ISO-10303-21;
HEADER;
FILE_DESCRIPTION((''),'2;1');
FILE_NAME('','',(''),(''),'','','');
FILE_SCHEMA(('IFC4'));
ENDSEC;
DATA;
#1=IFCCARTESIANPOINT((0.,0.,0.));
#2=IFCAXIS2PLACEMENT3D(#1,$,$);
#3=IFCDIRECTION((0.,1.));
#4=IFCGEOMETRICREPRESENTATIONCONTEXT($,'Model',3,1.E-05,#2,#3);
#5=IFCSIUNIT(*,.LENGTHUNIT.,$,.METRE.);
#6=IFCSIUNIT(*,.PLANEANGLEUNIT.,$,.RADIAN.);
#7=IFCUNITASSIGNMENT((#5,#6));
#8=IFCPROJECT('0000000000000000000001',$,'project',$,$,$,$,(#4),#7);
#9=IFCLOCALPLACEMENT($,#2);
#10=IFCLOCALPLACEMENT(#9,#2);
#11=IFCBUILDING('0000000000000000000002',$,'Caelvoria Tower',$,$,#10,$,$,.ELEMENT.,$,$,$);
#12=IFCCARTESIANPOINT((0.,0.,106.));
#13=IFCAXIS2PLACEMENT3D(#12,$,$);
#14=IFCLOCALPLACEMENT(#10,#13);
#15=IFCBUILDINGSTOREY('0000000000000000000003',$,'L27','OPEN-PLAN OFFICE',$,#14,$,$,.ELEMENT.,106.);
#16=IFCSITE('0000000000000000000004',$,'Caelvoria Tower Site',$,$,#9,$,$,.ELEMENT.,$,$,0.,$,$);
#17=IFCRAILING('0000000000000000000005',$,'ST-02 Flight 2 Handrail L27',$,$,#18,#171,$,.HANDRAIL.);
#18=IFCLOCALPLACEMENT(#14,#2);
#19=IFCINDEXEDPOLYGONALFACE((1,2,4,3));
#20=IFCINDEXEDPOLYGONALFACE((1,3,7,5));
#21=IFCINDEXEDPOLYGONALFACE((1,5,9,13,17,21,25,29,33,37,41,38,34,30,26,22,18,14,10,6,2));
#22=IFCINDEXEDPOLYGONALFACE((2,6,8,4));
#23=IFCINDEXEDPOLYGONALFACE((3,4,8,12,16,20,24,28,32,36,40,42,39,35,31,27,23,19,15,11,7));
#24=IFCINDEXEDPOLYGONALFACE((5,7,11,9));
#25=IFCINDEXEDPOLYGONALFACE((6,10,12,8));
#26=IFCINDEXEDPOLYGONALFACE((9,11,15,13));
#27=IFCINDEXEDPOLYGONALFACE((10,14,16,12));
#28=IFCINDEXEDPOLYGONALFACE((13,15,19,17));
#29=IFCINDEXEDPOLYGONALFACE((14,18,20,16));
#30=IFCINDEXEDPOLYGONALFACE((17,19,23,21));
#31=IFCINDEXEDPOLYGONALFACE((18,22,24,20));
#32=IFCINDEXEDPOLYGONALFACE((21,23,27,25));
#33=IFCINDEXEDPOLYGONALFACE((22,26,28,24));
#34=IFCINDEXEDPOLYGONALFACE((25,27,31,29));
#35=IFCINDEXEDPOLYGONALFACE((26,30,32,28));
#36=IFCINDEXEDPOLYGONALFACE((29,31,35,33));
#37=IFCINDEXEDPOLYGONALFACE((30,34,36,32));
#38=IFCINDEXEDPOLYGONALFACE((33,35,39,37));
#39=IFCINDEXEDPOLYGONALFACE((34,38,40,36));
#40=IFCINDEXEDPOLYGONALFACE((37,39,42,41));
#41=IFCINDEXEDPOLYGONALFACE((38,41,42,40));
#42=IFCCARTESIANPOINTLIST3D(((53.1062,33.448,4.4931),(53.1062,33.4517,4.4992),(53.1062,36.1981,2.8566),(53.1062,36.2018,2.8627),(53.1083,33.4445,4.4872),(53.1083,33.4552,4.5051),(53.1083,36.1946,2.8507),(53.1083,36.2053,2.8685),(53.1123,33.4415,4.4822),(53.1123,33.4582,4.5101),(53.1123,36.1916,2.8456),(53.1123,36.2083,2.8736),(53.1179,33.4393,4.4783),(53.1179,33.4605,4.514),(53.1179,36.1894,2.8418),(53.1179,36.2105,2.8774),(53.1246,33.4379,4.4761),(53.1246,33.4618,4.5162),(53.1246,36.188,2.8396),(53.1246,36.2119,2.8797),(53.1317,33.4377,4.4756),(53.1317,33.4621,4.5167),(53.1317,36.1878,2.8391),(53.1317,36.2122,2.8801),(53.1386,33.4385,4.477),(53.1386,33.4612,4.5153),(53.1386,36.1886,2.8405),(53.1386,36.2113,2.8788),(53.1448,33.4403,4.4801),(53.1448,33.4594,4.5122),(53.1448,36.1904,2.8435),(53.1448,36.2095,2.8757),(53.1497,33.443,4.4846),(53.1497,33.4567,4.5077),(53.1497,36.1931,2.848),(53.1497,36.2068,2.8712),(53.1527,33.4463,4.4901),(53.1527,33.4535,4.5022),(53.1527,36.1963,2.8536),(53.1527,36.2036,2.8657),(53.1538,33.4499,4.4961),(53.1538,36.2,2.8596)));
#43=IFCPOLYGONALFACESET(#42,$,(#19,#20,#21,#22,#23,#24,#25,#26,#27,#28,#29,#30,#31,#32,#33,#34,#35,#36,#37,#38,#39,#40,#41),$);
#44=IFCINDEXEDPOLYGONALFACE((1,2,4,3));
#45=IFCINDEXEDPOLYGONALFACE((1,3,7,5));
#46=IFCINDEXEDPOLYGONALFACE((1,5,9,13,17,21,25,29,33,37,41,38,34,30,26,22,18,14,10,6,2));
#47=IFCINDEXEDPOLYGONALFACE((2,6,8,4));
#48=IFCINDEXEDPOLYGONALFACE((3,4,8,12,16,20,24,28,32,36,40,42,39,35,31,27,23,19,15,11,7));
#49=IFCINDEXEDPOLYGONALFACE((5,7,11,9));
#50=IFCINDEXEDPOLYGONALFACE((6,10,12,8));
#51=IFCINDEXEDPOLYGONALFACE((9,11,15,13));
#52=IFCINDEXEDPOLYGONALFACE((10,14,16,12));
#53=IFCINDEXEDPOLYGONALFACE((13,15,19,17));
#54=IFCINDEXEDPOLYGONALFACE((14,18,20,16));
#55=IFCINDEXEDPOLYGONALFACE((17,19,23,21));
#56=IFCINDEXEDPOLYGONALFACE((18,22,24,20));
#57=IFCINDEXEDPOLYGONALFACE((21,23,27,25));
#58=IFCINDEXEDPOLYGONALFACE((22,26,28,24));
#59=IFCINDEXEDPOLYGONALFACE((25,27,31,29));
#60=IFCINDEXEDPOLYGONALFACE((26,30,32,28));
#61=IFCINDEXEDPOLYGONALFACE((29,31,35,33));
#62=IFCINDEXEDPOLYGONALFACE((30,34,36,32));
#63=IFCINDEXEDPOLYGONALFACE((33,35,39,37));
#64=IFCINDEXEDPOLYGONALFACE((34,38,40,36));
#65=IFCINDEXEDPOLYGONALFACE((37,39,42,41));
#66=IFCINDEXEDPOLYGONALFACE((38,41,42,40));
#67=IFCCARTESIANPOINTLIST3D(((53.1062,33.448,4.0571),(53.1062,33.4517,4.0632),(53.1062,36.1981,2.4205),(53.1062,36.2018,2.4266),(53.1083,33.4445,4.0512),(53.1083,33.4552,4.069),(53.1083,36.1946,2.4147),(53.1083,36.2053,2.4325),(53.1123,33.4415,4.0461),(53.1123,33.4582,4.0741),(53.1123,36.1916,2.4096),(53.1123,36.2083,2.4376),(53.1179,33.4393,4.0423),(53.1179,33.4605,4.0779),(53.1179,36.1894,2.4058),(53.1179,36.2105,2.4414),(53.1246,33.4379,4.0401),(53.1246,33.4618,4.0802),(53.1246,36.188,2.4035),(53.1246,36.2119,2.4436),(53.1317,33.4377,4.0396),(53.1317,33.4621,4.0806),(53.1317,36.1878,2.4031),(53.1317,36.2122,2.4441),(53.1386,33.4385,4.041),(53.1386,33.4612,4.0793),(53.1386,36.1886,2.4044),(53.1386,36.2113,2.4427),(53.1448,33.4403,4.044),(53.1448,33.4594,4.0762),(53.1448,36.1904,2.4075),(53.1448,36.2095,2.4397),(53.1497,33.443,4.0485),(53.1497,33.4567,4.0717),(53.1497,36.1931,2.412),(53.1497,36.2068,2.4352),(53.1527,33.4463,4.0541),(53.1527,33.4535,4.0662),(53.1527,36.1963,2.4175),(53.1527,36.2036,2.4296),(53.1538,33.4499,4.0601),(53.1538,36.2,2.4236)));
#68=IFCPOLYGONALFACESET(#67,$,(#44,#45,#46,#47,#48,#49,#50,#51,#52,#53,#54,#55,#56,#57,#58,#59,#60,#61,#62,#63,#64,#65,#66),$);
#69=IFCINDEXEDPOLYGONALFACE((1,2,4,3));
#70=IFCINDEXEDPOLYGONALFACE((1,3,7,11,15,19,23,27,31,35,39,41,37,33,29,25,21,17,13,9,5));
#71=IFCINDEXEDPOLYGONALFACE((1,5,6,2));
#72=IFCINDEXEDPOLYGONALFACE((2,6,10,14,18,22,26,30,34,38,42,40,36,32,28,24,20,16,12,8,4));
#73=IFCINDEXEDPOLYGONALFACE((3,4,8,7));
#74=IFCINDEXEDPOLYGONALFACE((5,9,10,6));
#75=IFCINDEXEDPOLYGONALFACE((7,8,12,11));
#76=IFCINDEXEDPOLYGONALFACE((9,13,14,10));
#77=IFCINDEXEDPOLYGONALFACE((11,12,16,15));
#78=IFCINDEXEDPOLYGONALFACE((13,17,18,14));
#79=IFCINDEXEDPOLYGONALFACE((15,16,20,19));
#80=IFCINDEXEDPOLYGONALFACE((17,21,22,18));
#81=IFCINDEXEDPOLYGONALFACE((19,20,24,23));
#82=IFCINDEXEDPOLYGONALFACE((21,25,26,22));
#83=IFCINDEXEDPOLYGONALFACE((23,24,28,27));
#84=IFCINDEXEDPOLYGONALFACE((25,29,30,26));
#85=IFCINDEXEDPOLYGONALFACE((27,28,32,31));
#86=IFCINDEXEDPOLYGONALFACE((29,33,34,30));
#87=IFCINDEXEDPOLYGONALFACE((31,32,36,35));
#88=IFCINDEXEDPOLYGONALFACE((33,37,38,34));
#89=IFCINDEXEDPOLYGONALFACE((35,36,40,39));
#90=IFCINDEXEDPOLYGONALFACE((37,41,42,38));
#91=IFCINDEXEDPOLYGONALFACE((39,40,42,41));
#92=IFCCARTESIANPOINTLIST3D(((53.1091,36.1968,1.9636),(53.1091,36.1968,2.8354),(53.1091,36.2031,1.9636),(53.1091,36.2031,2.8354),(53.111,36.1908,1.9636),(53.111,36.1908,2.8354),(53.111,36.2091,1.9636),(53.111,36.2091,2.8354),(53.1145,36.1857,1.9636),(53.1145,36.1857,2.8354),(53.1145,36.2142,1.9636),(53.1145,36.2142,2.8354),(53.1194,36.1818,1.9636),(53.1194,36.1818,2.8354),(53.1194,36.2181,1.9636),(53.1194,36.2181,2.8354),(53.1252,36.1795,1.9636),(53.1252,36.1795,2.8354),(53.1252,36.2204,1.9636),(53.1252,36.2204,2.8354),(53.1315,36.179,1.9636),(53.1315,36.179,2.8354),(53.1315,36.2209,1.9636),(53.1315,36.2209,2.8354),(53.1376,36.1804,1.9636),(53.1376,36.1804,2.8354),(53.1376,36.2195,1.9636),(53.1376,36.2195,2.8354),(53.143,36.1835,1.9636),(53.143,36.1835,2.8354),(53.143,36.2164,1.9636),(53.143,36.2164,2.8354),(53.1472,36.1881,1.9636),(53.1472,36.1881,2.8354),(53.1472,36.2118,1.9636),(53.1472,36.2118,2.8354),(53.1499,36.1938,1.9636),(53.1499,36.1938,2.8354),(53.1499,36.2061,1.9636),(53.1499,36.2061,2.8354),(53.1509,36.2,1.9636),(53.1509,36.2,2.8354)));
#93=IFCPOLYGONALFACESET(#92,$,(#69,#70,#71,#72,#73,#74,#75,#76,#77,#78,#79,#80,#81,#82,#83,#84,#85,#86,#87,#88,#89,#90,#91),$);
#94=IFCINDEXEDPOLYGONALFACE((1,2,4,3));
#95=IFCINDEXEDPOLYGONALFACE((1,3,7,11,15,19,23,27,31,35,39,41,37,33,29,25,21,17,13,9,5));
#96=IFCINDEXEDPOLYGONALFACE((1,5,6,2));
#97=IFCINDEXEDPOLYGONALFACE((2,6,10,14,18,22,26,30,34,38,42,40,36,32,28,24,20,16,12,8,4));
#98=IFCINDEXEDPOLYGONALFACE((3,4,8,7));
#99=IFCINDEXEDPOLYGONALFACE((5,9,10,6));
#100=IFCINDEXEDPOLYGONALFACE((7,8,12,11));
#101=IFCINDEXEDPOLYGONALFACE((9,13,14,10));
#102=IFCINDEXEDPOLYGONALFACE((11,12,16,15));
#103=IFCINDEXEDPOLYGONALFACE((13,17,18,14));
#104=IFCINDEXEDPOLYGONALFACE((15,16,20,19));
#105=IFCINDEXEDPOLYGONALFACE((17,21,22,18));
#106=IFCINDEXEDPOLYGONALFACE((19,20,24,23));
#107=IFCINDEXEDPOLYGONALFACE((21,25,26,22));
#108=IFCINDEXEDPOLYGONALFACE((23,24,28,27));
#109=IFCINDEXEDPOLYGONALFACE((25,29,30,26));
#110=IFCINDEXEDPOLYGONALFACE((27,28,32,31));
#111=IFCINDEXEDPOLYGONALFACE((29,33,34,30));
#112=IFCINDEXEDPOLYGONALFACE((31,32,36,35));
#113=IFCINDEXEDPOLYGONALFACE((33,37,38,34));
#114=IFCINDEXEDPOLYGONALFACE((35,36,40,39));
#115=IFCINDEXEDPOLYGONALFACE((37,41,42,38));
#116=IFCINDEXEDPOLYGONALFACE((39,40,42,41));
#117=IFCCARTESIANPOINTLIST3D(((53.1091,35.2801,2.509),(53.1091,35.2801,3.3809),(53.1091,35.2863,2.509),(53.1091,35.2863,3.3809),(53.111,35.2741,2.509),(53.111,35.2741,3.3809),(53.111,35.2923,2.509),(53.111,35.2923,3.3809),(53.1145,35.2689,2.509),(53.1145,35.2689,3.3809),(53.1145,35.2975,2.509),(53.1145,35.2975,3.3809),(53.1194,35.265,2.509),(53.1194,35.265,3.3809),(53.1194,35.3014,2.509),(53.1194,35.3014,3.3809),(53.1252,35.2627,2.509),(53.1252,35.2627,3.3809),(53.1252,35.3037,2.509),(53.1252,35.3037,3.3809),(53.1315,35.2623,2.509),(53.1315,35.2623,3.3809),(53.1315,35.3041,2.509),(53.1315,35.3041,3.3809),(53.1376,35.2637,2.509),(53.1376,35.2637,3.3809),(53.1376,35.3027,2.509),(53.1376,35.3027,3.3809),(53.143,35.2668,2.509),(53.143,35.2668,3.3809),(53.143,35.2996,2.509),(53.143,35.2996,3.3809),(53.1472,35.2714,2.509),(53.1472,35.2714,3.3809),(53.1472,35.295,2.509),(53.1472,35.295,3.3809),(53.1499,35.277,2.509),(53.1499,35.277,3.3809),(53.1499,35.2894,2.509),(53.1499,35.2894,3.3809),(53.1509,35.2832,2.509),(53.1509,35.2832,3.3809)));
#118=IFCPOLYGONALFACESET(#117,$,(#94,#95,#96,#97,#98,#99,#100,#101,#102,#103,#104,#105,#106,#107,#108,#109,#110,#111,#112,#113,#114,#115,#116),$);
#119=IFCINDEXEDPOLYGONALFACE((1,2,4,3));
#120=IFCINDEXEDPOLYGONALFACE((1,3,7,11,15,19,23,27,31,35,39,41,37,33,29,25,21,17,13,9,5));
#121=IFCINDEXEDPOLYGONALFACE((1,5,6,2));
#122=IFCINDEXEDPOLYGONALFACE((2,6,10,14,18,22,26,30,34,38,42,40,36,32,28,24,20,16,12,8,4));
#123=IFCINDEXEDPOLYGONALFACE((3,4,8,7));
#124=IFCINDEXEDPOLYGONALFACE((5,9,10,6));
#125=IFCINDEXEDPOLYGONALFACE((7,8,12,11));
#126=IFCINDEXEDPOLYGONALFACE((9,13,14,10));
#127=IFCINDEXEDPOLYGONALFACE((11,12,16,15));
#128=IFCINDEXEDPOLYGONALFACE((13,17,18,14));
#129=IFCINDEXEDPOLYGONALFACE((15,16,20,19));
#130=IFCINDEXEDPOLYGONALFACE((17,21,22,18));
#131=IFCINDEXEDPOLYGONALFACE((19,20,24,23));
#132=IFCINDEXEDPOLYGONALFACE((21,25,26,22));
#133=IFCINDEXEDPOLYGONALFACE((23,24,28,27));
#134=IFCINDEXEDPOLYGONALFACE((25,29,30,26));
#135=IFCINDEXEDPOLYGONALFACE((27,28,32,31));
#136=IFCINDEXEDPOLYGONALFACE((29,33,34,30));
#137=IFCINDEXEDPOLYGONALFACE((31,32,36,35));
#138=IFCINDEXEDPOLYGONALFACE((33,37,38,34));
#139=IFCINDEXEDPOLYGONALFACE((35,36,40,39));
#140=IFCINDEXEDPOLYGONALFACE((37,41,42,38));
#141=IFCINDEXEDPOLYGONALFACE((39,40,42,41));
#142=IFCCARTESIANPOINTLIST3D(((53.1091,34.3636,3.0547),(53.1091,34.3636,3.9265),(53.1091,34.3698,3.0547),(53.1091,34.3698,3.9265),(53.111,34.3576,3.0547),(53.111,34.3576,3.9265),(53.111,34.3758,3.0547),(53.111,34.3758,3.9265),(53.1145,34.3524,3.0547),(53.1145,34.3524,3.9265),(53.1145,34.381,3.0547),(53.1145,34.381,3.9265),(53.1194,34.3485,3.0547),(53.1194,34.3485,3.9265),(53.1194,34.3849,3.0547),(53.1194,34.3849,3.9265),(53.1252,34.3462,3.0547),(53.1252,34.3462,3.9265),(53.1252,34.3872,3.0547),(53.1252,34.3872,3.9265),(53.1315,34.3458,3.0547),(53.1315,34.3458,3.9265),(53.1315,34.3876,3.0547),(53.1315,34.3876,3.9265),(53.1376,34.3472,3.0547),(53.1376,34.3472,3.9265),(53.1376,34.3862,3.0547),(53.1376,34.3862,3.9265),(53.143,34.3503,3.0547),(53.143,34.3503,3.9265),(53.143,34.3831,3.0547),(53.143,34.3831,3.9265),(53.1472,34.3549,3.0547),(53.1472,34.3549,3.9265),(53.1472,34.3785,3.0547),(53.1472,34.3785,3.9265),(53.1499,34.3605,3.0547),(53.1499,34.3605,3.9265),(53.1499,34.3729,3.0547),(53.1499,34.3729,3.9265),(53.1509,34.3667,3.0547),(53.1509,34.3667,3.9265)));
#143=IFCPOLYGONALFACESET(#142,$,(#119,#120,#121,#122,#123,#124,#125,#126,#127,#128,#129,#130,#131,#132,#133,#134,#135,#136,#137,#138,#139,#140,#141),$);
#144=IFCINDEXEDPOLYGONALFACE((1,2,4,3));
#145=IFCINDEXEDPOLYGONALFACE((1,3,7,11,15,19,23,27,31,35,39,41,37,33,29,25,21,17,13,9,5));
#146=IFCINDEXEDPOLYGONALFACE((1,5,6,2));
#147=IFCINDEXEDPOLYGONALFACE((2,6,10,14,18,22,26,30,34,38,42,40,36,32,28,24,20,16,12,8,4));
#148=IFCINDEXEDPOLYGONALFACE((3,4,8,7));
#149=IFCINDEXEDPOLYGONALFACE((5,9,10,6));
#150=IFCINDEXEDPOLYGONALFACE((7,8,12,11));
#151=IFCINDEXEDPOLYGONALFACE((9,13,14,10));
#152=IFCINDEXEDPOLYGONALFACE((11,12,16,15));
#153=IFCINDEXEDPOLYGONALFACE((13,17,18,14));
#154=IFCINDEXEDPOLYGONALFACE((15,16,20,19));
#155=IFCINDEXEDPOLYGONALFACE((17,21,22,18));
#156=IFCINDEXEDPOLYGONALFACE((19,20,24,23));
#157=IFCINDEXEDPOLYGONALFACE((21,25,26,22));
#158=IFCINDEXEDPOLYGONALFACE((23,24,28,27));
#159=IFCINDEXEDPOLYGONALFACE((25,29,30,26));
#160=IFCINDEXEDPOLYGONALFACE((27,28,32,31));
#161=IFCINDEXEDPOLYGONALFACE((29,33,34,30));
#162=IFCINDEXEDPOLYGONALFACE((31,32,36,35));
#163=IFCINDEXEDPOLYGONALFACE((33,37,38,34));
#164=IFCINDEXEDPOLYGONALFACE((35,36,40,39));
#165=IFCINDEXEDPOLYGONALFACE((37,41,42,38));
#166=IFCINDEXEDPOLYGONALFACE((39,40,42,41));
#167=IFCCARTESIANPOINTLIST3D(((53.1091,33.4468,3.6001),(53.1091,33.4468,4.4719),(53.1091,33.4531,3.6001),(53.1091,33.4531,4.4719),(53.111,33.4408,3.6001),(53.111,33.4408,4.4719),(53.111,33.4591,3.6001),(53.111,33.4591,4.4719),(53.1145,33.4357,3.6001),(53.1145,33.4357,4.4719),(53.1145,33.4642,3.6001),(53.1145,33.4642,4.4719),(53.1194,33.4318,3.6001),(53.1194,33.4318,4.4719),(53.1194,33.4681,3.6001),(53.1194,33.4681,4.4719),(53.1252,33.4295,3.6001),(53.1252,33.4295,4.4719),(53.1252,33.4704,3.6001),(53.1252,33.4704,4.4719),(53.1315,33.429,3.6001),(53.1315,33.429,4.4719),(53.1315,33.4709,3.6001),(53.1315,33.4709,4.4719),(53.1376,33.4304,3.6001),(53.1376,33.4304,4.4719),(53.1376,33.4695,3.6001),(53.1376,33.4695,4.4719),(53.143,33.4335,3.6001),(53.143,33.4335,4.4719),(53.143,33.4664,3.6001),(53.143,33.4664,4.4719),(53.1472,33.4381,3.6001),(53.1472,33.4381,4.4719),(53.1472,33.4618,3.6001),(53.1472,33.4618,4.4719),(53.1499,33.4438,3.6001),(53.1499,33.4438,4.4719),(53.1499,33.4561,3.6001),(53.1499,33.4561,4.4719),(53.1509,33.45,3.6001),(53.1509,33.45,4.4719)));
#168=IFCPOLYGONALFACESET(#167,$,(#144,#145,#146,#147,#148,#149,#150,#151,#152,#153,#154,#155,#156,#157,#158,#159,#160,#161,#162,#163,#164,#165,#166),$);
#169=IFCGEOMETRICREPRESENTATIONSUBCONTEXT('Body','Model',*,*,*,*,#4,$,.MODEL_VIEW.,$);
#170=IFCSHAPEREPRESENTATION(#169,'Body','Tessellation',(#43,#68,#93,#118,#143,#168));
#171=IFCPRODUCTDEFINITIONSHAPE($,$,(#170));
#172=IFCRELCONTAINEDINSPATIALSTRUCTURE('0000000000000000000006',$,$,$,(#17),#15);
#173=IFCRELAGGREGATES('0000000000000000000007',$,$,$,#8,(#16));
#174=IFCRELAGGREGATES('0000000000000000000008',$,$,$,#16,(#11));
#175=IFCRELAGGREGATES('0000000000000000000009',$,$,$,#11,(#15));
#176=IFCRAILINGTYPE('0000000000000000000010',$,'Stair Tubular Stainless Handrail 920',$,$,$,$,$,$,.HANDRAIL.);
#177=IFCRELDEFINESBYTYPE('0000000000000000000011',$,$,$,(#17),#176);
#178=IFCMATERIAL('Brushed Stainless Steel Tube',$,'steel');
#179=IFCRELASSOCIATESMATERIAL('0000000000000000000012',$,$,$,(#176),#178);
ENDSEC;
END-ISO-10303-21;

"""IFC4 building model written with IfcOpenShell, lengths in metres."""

from ifc_helpers import new_model, si_unit, direction, frame, origin, origin_2d, place, context, subcontext, project, spatial, circle, extrude, material, type_object, element, save


model = new_model("IFC4")

# Units and contexts
model_context = context("Model", 3, precision=1e-05, world=origin(), true_north=direction((0.0, 1.0)))
body_context = subcontext(model_context, "Body", "Model", "MODEL_VIEW")
ifc_project = project(units=[si_unit("LENGTHUNIT", "METRE"), si_unit("PLANEANGLEUNIT", "RADIAN")], contexts=[model_context])

# Site, building, storey
site_placement = place(None, origin())
site = spatial("IfcSite", under=ifc_project, at=site_placement, Name="Caelvoria Tower Site", CompositionType="ELEMENT", RefElevation=0.0)
building_placement = place(site_placement, origin())
building = spatial("IfcBuilding", under=site, at=building_placement, Name="Caelvoria Tower", CompositionType="ELEMENT")
storey_placement = place(building_placement, frame((0.0, 0.0, 106.0)))
storey = spatial("IfcBuildingStorey", under=building, at=storey_placement, Name="L27", Description="OPEN-PLAN OFFICE", CompositionType="ELEMENT", Elevation=106.0)

# Railing
ifc_material_1 = material(Name="Brushed Stainless Steel Tube", Category="steel")
railing_type_1 = type_object("IfcRailingType", Name="Stair Tubular Stainless Handrail 920", PredefinedType="HANDRAIL", material=ifc_material_1)
railing_1_placement = place(storey_placement, frame((53.1299, 36.2, 1.9636)))
element("IfcRailing", 1, at=railing_1_placement, inside=storey, type_object=railing_type_1, Name="ST-02 Flight 2 Handrail L27", PredefinedType="HANDRAIL", context=body_context, shape_type="SweptSolid", body=[
    extrude(circle(Radius=0.0239, at=origin_2d()), frame((0.0, 0.0, 0.896), z_axis=(0.0, -0.859352, 0.511385), x_axis=(1.0, 0.0, 0.0)), (0.0, 0.0, 1.0), 3.2002),
    extrude(circle(Radius=0.0239, at=origin_2d()), frame((0.0, 0.0, 0.46), z_axis=(0.0, -0.859352, 0.511385), x_axis=(1.0, 0.0, 0.0)), (0.0, 0.0, 1.0), 3.2002),
    extrude(circle(Radius=0.021, at=origin_2d()), origin(), (0.0, 0.0, 1.0), 0.8718),
    extrude(circle(Radius=0.021, at=origin_2d()), frame((0.0, -0.9167, 0.5454)), (0.0, 0.0, 1.0), 0.8718),
    extrude(circle(Radius=0.021, at=origin_2d()), frame((0.0, -1.8333, 1.0911)), (0.0, 0.0, 1.0), 0.8718),
    extrude(circle(Radius=0.021, at=origin_2d()), frame((0.0, -2.75, 1.6365)), (0.0, 0.0, 1.0), 0.8718),
])

save(model, "model.ifc")
